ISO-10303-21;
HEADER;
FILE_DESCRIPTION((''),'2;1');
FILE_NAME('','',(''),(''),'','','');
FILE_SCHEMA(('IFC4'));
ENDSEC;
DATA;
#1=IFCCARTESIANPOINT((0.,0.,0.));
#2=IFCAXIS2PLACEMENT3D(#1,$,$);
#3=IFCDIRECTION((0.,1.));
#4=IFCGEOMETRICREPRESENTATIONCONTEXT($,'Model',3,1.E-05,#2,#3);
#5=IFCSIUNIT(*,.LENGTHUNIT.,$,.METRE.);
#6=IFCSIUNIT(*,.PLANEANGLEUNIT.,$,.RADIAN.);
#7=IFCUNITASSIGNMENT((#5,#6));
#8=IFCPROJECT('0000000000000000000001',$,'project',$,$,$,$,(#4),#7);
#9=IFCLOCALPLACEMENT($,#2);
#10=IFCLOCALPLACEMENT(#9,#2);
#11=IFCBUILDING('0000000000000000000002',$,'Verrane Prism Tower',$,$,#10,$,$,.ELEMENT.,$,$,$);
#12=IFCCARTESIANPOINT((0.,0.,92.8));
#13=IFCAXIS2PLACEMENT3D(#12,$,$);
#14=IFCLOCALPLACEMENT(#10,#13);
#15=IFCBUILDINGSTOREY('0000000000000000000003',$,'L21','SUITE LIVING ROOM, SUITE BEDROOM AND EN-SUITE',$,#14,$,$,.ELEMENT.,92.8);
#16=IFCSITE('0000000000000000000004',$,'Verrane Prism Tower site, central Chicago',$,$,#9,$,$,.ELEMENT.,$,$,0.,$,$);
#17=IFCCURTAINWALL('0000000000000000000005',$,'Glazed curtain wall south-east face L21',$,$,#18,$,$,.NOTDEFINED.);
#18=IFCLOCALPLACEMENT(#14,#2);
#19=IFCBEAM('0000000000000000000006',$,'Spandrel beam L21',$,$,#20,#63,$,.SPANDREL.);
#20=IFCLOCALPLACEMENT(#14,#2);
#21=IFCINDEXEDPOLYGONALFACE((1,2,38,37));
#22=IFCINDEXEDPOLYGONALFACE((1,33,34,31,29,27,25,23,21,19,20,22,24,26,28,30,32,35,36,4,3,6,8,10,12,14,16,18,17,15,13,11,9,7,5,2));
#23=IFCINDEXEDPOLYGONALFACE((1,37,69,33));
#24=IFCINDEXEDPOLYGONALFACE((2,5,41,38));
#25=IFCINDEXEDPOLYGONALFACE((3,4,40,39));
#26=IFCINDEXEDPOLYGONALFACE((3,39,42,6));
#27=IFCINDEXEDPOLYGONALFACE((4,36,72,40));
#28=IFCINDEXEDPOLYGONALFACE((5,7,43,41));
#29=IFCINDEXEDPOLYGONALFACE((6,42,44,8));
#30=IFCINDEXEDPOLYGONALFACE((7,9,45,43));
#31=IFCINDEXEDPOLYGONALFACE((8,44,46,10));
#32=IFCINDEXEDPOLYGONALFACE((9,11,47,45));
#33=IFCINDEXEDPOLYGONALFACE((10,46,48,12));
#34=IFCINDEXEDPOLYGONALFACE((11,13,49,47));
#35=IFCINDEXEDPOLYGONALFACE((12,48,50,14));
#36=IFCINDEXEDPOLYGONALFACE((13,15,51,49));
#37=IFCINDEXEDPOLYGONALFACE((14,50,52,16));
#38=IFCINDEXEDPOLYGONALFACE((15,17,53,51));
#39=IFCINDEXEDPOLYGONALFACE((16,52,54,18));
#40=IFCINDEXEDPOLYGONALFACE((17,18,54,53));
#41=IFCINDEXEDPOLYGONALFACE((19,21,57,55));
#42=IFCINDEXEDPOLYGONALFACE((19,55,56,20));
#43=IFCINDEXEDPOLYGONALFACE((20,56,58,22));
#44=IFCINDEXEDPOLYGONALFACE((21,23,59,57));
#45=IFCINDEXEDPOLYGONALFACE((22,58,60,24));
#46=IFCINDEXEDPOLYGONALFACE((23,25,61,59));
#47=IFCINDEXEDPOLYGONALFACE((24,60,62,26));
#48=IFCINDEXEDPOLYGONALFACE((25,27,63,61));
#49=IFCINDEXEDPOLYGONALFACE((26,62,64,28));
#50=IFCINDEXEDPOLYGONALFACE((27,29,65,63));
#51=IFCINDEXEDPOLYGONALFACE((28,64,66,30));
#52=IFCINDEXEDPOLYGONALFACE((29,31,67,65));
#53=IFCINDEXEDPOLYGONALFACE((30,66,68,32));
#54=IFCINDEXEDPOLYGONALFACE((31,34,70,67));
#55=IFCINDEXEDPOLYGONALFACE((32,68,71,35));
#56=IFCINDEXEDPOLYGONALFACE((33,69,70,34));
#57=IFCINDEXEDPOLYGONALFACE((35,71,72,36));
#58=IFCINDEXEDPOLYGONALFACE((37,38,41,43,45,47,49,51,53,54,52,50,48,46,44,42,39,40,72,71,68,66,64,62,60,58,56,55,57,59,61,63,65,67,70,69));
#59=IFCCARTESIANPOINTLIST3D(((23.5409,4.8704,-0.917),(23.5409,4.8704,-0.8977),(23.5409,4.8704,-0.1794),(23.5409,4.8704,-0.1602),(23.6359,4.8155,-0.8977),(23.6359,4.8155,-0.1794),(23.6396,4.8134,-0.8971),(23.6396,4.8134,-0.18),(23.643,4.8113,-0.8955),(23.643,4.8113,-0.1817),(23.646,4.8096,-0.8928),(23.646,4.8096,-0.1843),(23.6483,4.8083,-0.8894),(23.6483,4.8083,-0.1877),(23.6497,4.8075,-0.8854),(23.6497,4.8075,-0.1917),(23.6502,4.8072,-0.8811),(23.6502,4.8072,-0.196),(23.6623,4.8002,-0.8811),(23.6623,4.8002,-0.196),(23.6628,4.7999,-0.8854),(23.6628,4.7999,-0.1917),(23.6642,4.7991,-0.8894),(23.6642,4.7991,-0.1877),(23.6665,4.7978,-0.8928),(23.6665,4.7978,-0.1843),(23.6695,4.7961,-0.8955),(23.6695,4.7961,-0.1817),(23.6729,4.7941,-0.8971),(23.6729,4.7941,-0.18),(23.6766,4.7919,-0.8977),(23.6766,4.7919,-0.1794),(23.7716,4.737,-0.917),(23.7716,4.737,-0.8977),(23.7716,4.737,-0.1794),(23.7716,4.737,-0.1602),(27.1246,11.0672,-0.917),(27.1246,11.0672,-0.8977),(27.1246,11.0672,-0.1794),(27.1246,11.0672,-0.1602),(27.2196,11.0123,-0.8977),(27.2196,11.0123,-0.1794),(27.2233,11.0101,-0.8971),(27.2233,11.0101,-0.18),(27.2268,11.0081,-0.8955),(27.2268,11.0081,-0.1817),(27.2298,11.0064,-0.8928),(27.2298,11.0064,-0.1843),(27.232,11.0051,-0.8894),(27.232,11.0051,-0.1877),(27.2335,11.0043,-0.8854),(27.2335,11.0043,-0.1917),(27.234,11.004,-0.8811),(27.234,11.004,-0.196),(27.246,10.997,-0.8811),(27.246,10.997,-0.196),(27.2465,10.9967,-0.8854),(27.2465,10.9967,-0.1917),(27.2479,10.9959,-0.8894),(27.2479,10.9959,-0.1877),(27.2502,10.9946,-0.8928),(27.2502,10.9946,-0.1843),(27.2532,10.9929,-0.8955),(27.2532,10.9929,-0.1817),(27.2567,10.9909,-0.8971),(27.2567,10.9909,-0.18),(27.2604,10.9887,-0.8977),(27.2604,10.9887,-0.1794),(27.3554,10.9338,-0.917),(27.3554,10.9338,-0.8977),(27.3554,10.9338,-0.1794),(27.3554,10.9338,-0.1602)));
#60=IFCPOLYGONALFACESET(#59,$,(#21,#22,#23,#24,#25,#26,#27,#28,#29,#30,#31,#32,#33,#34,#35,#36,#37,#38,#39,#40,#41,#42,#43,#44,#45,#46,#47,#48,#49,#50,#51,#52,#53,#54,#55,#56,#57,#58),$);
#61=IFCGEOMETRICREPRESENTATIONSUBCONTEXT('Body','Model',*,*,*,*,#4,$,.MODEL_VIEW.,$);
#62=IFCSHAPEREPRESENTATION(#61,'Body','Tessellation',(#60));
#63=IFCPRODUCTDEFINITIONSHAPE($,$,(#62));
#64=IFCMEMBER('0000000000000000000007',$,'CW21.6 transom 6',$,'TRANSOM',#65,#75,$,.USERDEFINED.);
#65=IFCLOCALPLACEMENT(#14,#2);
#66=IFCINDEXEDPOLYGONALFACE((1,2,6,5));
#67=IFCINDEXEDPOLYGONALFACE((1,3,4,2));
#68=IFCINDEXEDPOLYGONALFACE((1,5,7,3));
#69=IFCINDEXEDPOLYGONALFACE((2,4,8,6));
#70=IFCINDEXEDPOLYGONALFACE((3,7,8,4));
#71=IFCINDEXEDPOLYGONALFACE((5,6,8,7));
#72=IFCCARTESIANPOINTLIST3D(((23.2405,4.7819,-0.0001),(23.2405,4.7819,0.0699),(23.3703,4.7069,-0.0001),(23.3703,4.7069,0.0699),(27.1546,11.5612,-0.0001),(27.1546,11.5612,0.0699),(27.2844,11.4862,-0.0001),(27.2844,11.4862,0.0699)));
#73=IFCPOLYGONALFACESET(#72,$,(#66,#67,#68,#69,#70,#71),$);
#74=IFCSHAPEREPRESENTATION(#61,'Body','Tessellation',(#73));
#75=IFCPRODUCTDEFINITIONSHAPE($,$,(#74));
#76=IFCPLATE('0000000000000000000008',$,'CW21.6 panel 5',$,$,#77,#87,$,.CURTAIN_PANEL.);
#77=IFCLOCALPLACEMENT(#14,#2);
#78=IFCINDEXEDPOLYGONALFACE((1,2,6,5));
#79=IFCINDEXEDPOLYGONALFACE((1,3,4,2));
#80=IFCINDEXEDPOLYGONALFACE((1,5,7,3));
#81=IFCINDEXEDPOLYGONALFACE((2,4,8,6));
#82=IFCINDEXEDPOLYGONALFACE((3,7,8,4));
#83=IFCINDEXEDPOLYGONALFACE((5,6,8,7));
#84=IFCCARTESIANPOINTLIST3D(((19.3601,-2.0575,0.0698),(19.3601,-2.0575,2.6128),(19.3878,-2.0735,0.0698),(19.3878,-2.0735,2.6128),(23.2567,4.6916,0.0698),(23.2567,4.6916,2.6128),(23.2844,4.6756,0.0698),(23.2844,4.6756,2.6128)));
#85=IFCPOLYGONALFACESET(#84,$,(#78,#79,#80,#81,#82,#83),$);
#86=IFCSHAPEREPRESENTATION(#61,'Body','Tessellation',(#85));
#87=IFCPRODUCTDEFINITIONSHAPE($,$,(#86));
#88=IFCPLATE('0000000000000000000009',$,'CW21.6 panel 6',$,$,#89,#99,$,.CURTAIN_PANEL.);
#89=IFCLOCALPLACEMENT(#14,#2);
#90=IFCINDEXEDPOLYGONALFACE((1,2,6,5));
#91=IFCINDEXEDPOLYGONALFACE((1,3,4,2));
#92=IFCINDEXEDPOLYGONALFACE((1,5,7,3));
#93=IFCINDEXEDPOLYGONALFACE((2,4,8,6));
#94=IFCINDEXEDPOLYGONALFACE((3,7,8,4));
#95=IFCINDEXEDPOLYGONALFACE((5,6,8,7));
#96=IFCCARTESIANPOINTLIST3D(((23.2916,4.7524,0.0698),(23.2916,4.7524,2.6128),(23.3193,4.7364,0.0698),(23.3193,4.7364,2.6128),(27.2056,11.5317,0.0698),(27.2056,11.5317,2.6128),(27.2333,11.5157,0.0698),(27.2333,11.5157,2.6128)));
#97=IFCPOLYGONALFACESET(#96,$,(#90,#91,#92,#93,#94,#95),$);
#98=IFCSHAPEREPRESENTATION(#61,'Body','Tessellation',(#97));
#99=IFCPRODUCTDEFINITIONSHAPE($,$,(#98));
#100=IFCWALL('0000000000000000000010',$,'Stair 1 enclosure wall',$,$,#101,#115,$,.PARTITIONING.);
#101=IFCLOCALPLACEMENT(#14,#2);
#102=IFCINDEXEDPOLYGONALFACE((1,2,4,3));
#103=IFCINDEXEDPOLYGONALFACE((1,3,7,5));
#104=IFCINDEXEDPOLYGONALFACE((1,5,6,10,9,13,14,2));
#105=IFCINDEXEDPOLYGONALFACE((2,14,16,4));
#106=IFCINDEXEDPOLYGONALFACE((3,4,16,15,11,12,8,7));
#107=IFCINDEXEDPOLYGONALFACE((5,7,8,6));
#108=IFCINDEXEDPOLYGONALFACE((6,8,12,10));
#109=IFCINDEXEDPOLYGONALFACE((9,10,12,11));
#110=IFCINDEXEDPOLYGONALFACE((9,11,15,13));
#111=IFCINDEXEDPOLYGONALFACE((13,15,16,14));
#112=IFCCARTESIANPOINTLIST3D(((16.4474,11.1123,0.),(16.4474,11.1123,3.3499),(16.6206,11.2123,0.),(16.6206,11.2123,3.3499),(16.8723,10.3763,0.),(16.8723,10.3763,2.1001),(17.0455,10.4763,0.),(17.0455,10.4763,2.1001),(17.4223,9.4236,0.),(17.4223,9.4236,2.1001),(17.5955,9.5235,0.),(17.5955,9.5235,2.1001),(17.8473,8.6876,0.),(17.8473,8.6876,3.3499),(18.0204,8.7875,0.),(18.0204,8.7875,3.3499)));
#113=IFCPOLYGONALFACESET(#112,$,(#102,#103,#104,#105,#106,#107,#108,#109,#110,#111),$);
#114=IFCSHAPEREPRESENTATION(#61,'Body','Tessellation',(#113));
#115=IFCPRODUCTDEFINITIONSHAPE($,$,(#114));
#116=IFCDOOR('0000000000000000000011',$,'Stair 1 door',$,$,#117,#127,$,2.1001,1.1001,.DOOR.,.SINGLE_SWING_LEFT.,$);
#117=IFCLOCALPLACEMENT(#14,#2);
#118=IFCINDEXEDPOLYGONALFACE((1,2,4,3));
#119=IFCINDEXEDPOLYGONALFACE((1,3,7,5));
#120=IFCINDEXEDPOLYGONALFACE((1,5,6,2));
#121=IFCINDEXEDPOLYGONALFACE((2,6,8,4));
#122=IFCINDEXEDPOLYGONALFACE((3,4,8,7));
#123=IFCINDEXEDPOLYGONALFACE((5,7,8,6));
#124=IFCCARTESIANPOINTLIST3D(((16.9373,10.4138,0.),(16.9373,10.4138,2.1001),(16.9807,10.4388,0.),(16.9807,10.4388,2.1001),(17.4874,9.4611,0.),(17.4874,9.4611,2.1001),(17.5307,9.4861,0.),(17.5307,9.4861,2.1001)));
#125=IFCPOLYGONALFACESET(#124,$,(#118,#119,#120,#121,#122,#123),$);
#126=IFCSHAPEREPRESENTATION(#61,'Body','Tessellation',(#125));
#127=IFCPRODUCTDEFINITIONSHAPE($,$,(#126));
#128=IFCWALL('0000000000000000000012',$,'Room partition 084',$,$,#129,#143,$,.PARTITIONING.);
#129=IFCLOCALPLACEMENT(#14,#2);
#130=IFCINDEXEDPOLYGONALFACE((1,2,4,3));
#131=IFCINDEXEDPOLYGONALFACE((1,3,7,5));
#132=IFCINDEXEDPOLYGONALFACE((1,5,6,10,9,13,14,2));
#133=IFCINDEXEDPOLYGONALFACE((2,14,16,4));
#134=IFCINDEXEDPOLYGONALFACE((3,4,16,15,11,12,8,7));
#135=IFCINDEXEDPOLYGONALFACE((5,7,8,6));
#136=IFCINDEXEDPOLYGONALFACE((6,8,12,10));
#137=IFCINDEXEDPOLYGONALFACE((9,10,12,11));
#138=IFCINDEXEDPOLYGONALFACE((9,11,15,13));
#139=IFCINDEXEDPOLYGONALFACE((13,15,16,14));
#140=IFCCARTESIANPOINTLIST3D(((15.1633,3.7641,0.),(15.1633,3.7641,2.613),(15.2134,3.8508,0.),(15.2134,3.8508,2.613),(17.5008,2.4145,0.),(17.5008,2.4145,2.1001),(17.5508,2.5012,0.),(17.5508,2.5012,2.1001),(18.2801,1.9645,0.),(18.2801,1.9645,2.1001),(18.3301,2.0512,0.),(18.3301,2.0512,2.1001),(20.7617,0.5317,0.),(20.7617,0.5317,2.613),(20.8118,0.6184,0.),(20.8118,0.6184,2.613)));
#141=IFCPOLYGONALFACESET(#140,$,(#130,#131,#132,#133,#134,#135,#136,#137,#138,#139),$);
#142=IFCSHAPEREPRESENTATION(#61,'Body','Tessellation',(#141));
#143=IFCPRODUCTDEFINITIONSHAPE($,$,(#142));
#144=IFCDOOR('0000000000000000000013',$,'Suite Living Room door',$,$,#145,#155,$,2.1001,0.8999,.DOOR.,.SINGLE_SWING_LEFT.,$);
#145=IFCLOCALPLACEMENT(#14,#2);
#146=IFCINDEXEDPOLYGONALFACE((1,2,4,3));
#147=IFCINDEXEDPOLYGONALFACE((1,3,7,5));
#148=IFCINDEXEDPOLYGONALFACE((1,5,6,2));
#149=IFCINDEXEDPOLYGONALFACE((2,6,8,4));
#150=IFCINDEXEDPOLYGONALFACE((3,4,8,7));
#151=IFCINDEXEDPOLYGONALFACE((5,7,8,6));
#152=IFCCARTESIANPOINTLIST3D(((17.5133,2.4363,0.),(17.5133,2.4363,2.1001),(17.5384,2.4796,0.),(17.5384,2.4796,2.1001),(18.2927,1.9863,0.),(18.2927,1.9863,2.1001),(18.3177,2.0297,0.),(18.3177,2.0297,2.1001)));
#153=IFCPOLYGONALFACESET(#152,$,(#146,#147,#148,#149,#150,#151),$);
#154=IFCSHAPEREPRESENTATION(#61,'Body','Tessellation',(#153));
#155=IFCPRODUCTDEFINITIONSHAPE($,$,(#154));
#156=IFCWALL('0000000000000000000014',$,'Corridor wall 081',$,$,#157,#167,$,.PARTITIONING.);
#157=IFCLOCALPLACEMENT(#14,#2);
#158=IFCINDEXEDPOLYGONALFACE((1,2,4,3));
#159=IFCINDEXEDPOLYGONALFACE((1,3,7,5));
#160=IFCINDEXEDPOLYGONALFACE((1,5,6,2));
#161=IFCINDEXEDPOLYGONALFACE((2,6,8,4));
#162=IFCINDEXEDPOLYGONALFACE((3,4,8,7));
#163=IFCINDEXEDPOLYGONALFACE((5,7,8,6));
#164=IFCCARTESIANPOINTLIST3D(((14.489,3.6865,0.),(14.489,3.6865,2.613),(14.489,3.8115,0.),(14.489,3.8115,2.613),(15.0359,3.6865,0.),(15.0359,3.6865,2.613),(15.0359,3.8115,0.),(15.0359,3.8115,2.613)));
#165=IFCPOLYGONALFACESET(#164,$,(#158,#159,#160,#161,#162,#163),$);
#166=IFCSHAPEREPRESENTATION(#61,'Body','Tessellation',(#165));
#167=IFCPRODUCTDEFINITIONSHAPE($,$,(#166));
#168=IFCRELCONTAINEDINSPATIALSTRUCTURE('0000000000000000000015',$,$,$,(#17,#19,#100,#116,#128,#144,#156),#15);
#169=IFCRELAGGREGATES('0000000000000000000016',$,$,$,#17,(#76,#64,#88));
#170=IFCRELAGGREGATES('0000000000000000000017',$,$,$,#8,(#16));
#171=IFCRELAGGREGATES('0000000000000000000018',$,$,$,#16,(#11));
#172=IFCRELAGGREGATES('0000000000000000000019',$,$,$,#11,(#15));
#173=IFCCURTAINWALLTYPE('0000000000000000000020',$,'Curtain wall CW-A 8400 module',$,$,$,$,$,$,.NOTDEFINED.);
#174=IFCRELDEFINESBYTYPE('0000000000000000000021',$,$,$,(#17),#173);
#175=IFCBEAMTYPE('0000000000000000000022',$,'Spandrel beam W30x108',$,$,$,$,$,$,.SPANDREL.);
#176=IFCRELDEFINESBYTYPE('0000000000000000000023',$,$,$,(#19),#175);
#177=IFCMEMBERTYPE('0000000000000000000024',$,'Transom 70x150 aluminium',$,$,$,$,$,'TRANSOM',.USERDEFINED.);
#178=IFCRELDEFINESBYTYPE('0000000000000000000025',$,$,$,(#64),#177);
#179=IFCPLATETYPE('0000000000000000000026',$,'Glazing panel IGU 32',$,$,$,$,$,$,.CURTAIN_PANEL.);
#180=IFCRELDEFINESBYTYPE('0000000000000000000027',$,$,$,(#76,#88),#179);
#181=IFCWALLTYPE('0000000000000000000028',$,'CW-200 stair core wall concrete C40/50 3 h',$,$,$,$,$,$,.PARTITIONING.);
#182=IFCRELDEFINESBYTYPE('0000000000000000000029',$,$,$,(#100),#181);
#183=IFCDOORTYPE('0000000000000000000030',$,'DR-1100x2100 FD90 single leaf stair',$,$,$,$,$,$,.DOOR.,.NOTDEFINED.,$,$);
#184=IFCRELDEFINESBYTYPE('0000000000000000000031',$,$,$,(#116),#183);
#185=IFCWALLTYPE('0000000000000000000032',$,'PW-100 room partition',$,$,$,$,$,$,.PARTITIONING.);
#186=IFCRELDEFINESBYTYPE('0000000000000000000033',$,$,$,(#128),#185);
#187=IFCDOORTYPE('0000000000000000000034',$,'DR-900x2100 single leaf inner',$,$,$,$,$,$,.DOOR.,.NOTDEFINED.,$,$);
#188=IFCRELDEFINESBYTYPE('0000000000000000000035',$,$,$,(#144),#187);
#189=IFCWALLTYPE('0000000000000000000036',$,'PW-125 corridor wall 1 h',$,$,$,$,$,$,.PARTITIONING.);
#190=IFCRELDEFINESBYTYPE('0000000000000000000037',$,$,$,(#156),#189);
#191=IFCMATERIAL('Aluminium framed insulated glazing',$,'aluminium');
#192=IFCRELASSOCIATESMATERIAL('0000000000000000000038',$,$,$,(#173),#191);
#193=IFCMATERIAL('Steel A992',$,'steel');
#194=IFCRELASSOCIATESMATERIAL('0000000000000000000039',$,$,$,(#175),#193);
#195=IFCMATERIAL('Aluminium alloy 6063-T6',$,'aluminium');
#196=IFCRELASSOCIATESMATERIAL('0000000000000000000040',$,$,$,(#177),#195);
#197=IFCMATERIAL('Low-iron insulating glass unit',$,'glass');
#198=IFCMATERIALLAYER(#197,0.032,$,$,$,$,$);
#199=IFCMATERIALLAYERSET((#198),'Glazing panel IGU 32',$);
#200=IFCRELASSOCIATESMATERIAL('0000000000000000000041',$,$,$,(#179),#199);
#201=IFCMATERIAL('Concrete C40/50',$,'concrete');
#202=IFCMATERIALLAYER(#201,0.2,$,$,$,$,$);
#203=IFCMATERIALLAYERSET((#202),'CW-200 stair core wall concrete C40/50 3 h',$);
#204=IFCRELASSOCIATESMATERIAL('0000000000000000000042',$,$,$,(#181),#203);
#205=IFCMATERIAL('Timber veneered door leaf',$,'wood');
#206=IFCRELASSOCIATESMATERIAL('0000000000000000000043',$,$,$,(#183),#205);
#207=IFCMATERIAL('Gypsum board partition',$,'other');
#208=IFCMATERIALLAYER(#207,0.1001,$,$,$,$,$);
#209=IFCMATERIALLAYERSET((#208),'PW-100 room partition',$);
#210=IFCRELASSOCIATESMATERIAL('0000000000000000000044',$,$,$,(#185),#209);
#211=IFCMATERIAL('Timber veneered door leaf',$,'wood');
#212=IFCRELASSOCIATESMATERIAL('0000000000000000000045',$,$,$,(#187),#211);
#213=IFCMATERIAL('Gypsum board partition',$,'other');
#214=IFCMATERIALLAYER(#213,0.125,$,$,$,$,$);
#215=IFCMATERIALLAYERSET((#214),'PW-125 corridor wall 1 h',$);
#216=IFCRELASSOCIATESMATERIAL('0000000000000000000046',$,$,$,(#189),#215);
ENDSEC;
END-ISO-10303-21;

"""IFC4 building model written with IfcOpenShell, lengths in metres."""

from ifc_helpers import new_model, si_unit, direction, frame, frame_2d, origin, origin_2d, place, context, subcontext, project, spatial, rectangle, i_section, extrude, material, layer, layer_set, material_profile, profile_set, type_object, element, fill, aggregate, save


model = new_model("IFC4")

# Units and contexts
model_context = context("Model", 3, precision=1e-05, world=origin(), true_north=direction((0.0, 1.0)))
body_context = subcontext(model_context, "Body", "Model", "MODEL_VIEW")
ifc_project = project(units=[si_unit("LENGTHUNIT", "METRE"), si_unit("PLANEANGLEUNIT", "RADIAN")], contexts=[model_context])

# Site, building, storey
site_placement = place(None, origin())
site = spatial("IfcSite", under=ifc_project, at=site_placement, Name="Verrane Prism Tower site, central Chicago", CompositionType="ELEMENT", RefElevation=0.0)
building_placement = place(site_placement, origin())
building = spatial("IfcBuilding", under=site, at=building_placement, Name="Verrane Prism Tower", CompositionType="ELEMENT")
storey_placement = place(building_placement, frame((0.0, 0.0, 92.8)))
storey = spatial("IfcBuildingStorey", under=building, at=storey_placement, Name="L21", Description="SUITE LIVING ROOM, SUITE BEDROOM AND EN-SUITE", CompositionType="ELEMENT", Elevation=92.8)

# Curtain wall
ifc_material_1 = material(Name="Aluminium framed insulated glazing", Category="aluminium")
curtain_wall_type = type_object("IfcCurtainWallType", Name="Curtain wall CW-A 8400 module", PredefinedType="NOTDEFINED", material=ifc_material_1)
curtain_wall_placement = place(storey_placement, origin())
curtain_wall = element("IfcCurtainWall", 1, at=curtain_wall_placement, inside=storey, type_object=curtain_wall_type, Name="Glazed curtain wall south-east face L21", PredefinedType="NOTDEFINED")

# Beam
ifc_material_2 = material(Name="Steel A992", Category="steel")
ifc_material_profile_1 = material_profile(ifc_material_2, i_section(OverallWidth=0.2666, OverallDepth=0.7568, WebThickness=0.0139, FlangeThickness=0.0193, FilletRadius=0.0166, at=origin_2d()), Name="W30x108")
ifc_profile_set_1 = profile_set([ifc_material_profile_1], Name="Steel A992")
beam_type_1 = type_object("IfcBeamType", Name="Spandrel beam W30x108", PredefinedType="SPANDREL", material=ifc_profile_set_1)
beam_1_placement = place(storey_placement, frame((23.6562, 4.8037, -0.5386), z_axis=(0.500632, 0.86566, 0.0), x_axis=(-0.86566, 0.500632, 0.0)))
element("IfcBeam", 2, at=beam_1_placement, inside=storey, type_object=beam_type_1, Name="Spandrel beam L21", PredefinedType="SPANDREL", context=body_context, shape_type="SweptSolid", body=[
    extrude(i_section(OverallWidth=0.2666, OverallDepth=0.7568, WebThickness=0.0139, FlangeThickness=0.0193, FilletRadius=0.0166, at=origin_2d()), origin(), (0.0, 0.0, 1.0), 7.1584),
])

# Member
ifc_material_3 = material(Name="Aluminium alloy 6063-T6", Category="aluminium")
ifc_material_profile_2 = material_profile(ifc_material_3, rectangle(XDim=0.1499, YDim=0.0701, at=origin_2d()), Name="Transom 70x150 aluminium")
ifc_profile_set_2 = profile_set([ifc_material_profile_2], Name="Aluminium alloy 6063-T6")
member_type_1 = type_object("IfcMemberType", Name="Transom 70x150 aluminium", ElementType="TRANSOM", PredefinedType="USERDEFINED", material=ifc_profile_set_2)
member_1_placement = place(storey_placement, frame((23.3054, 4.7444, 0.0349), z_axis=(0.500003, 0.866024, 0.0), x_axis=(-0.866024, 0.500003, 0.0)))
member_1 = element("IfcMember", 3, at=member_1_placement, type_object=member_type_1, Name="CW21.6 transom 6", ObjectType="TRANSOM", PredefinedType="USERDEFINED", context=body_context, shape_type="SweptSolid", body=[
    extrude(rectangle(XDim=0.1499, YDim=0.0701, at=origin_2d()), origin(), (0.0, 0.0, 1.0), 7.8281),
])

# Plates
ifc_material_4 = material(Name="Low-iron insulating glass unit", Category="glass")
ifc_layer_1 = layer(ifc_material_4, 0.032)
ifc_layer_set_1 = layer_set([ifc_layer_1], Name="Glazing panel IGU 32")
plate_type = type_object("IfcPlateType", Name="Glazing panel IGU 32", PredefinedType="CURTAIN_PANEL", material=ifc_layer_set_1)
plate_1_placement = place(storey_placement, frame((21.3223, 1.3091, 0.0698), z_axis=(0.0, 0.0, 1.0), x_axis=(0.5, 0.866026, 0.0)))
plate_1 = element("IfcPlate", 4, at=plate_1_placement, type_object=plate_type, Name="CW21.6 panel 5", PredefinedType="CURTAIN_PANEL", context=body_context, shape_type="SweptSolid", body=[
    extrude(rectangle(XDim=7.7932, YDim=0.032, at=origin_2d()), origin(), (0.0, 0.0, 1.0), 2.543),
])
plate_2_placement = place(storey_placement, frame((25.2625, 8.134, 0.0698), z_axis=(0.0, 0.0, 1.0), x_axis=(0.5, 0.866026, 0.0)))
plate_2 = element("IfcPlate", 5, at=plate_2_placement, type_object=plate_type, Name="CW21.6 panel 6", PredefinedType="CURTAIN_PANEL", context=body_context, shape_type="SweptSolid", body=[
    extrude(rectangle(XDim=7.8281, YDim=0.032, at=origin_2d()), origin(), (0.0, 0.0, 1.0), 2.543),
])
aggregate(curtain_wall, [plate_1, member_1, plate_2])

# Walls, openings, doors
ifc_material_5 = material(Name="Concrete C40/50", Category="concrete")
ifc_layer_2 = layer(ifc_material_5, 0.2)
ifc_layer_set_2 = layer_set([ifc_layer_2], Name="CW-200 stair core wall concrete C40/50 3 h")
wall_type_1 = type_object("IfcWallType", Name="CW-200 stair core wall concrete C40/50 3 h", PredefinedType="PARTITIONING", material=ifc_layer_set_2)
wall_1_placement = place(storey_placement, frame((17.9338, 8.7375, 0.0), z_axis=(0.0, 0.0, 1.0), x_axis=(-0.499984, 0.866035, 0.0)))
wall_1 = element("IfcWall", 6, at=wall_1_placement, inside=storey, type_object=wall_type_1, Name="Stair 1 enclosure wall", PredefinedType="PARTITIONING", context=body_context, shape_type="SweptSolid", body=[
    extrude(rectangle(XDim=2.7998, YDim=0.2, at=frame_2d((1.3999, 0.0))), origin(), (0.0, 0.0, 1.0), 3.3499),
])
opening_1_placement = place(wall_1_placement, frame((0.8499, 0.0, 0.0)))
opening_1 = element("IfcOpeningElement", 7, at=opening_1_placement, cuts=wall_1, PredefinedType="OPENING", context=body_context, shape_type="SweptSolid", body=[
    extrude(rectangle(XDim=1.1001, YDim=2.1001, at=frame_2d((0.55, 1.05))), frame((0.0, 0.1099, 0.0), z_axis=(0.0, -1.0, 0.0), x_axis=(1.0, 0.0, 0.0)), (0.0, 0.0, 1.0), 0.22),
])
ifc_material_6 = material(Name="Timber veneered door leaf", Category="wood")
door_type_1 = type_object("IfcDoorType", Name="DR-1100x2100 FD90 single leaf stair", OperationType="NOTDEFINED", PredefinedType="DOOR", material=ifc_material_6)
door_1_placement = place(opening_1_placement, origin())
door_1 = element("IfcDoor", 8, at=door_1_placement, inside=storey, type_object=door_type_1, Name="Stair 1 door", OperationType="SINGLE_SWING_LEFT", OverallHeight=2.1001, OverallWidth=1.1001, PredefinedType="DOOR", context=body_context, shape_type="SweptSolid", body=[
    extrude(rectangle(XDim=1.1001, YDim=2.1001, at=frame_2d((0.55, 1.05))), frame((0.0, 0.0249, 0.0), z_axis=(0.0, -1.0, 0.0), x_axis=(1.0, 0.0, 0.0)), (0.0, 0.0, 1.0), 0.05),
])
fill(opening_1, door_1)
ifc_material_7 = material(Name="Gypsum board partition", Category="other")
ifc_layer_3 = layer(ifc_material_7, 0.1001)
ifc_layer_set_3 = layer_set([ifc_layer_3], Name="PW-100 room partition")
wall_type_2 = type_object("IfcWallType", Name="PW-100 room partition", PredefinedType="PARTITIONING", material=ifc_layer_set_3)
wall_2_placement = place(storey_placement, frame((20.7869, 0.575, 0.0), z_axis=(0.0, 0.0, 1.0), x_axis=(-0.866013, 0.500022, 0.0)))
wall_2 = element("IfcWall", 9, at=wall_2_placement, inside=storey, type_object=wall_type_2, Name="Room partition 084", PredefinedType="PARTITIONING", context=body_context, shape_type="SweptSolid", body=[
    extrude(rectangle(XDim=6.4646, YDim=0.1001, at=frame_2d((3.2324, 0.0))), origin(), (0.0, 0.0, 1.0), 2.613),
])
opening_2_placement = place(wall_2_placement, frame((2.8657, 0.0, 0.0)))
opening_2 = element("IfcOpeningElement", 10, at=opening_2_placement, cuts=wall_2, PredefinedType="OPENING", context=body_context, shape_type="SweptSolid", body=[
    extrude(rectangle(XDim=0.8999, YDim=2.1001, at=frame_2d((0.45, 1.05))), frame((0.0, 0.0601, 0.0), z_axis=(0.0, -1.0, 0.0), x_axis=(1.0, 0.0, 0.0)), (0.0, 0.0, 1.0), 0.1201),
])
ifc_material_8 = material(Name="Timber veneered door leaf", Category="wood")
door_type_2 = type_object("IfcDoorType", Name="DR-900x2100 single leaf inner", OperationType="NOTDEFINED", PredefinedType="DOOR", material=ifc_material_8)
door_2_placement = place(opening_2_placement, origin())
door_2 = element("IfcDoor", 11, at=door_2_placement, inside=storey, type_object=door_type_2, Name="Suite Living Room door", OperationType="SINGLE_SWING_LEFT", OverallHeight=2.1001, OverallWidth=0.8999, PredefinedType="DOOR", context=body_context, shape_type="SweptSolid", body=[
    extrude(rectangle(XDim=0.8999, YDim=2.1001, at=frame_2d((0.45, 1.05))), frame((0.0, 0.0249, 0.0), z_axis=(0.0, -1.0, 0.0), x_axis=(1.0, 0.0, 0.0)), (0.0, 0.0, 1.0), 0.05),
])
fill(opening_2, door_2)

# Wall
ifc_material_9 = material(Name="Gypsum board partition", Category="other")
ifc_layer_4 = layer(ifc_material_9, 0.125)
ifc_layer_set_4 = layer_set([ifc_layer_4], Name="PW-125 corridor wall 1 h")
wall_type_3 = type_object("IfcWallType", Name="PW-125 corridor wall 1 h", PredefinedType="PARTITIONING", material=ifc_layer_set_4)
wall_3_placement = place(storey_placement, frame((14.489, 3.749, 0.0), z_axis=(0.0, 0.0, 1.0), x_axis=(1.0, 0.0, 0.0)))
element("IfcWall", 12, at=wall_3_placement, inside=storey, type_object=wall_type_3, Name="Corridor wall 081", PredefinedType="PARTITIONING", context=body_context, shape_type="SweptSolid", body=[
    extrude(rectangle(XDim=0.5469, YDim=0.125, at=frame_2d((0.2734, 0.0))), origin(), (0.0, 0.0, 1.0), 2.613),
])

save(model, "model.ifc")
